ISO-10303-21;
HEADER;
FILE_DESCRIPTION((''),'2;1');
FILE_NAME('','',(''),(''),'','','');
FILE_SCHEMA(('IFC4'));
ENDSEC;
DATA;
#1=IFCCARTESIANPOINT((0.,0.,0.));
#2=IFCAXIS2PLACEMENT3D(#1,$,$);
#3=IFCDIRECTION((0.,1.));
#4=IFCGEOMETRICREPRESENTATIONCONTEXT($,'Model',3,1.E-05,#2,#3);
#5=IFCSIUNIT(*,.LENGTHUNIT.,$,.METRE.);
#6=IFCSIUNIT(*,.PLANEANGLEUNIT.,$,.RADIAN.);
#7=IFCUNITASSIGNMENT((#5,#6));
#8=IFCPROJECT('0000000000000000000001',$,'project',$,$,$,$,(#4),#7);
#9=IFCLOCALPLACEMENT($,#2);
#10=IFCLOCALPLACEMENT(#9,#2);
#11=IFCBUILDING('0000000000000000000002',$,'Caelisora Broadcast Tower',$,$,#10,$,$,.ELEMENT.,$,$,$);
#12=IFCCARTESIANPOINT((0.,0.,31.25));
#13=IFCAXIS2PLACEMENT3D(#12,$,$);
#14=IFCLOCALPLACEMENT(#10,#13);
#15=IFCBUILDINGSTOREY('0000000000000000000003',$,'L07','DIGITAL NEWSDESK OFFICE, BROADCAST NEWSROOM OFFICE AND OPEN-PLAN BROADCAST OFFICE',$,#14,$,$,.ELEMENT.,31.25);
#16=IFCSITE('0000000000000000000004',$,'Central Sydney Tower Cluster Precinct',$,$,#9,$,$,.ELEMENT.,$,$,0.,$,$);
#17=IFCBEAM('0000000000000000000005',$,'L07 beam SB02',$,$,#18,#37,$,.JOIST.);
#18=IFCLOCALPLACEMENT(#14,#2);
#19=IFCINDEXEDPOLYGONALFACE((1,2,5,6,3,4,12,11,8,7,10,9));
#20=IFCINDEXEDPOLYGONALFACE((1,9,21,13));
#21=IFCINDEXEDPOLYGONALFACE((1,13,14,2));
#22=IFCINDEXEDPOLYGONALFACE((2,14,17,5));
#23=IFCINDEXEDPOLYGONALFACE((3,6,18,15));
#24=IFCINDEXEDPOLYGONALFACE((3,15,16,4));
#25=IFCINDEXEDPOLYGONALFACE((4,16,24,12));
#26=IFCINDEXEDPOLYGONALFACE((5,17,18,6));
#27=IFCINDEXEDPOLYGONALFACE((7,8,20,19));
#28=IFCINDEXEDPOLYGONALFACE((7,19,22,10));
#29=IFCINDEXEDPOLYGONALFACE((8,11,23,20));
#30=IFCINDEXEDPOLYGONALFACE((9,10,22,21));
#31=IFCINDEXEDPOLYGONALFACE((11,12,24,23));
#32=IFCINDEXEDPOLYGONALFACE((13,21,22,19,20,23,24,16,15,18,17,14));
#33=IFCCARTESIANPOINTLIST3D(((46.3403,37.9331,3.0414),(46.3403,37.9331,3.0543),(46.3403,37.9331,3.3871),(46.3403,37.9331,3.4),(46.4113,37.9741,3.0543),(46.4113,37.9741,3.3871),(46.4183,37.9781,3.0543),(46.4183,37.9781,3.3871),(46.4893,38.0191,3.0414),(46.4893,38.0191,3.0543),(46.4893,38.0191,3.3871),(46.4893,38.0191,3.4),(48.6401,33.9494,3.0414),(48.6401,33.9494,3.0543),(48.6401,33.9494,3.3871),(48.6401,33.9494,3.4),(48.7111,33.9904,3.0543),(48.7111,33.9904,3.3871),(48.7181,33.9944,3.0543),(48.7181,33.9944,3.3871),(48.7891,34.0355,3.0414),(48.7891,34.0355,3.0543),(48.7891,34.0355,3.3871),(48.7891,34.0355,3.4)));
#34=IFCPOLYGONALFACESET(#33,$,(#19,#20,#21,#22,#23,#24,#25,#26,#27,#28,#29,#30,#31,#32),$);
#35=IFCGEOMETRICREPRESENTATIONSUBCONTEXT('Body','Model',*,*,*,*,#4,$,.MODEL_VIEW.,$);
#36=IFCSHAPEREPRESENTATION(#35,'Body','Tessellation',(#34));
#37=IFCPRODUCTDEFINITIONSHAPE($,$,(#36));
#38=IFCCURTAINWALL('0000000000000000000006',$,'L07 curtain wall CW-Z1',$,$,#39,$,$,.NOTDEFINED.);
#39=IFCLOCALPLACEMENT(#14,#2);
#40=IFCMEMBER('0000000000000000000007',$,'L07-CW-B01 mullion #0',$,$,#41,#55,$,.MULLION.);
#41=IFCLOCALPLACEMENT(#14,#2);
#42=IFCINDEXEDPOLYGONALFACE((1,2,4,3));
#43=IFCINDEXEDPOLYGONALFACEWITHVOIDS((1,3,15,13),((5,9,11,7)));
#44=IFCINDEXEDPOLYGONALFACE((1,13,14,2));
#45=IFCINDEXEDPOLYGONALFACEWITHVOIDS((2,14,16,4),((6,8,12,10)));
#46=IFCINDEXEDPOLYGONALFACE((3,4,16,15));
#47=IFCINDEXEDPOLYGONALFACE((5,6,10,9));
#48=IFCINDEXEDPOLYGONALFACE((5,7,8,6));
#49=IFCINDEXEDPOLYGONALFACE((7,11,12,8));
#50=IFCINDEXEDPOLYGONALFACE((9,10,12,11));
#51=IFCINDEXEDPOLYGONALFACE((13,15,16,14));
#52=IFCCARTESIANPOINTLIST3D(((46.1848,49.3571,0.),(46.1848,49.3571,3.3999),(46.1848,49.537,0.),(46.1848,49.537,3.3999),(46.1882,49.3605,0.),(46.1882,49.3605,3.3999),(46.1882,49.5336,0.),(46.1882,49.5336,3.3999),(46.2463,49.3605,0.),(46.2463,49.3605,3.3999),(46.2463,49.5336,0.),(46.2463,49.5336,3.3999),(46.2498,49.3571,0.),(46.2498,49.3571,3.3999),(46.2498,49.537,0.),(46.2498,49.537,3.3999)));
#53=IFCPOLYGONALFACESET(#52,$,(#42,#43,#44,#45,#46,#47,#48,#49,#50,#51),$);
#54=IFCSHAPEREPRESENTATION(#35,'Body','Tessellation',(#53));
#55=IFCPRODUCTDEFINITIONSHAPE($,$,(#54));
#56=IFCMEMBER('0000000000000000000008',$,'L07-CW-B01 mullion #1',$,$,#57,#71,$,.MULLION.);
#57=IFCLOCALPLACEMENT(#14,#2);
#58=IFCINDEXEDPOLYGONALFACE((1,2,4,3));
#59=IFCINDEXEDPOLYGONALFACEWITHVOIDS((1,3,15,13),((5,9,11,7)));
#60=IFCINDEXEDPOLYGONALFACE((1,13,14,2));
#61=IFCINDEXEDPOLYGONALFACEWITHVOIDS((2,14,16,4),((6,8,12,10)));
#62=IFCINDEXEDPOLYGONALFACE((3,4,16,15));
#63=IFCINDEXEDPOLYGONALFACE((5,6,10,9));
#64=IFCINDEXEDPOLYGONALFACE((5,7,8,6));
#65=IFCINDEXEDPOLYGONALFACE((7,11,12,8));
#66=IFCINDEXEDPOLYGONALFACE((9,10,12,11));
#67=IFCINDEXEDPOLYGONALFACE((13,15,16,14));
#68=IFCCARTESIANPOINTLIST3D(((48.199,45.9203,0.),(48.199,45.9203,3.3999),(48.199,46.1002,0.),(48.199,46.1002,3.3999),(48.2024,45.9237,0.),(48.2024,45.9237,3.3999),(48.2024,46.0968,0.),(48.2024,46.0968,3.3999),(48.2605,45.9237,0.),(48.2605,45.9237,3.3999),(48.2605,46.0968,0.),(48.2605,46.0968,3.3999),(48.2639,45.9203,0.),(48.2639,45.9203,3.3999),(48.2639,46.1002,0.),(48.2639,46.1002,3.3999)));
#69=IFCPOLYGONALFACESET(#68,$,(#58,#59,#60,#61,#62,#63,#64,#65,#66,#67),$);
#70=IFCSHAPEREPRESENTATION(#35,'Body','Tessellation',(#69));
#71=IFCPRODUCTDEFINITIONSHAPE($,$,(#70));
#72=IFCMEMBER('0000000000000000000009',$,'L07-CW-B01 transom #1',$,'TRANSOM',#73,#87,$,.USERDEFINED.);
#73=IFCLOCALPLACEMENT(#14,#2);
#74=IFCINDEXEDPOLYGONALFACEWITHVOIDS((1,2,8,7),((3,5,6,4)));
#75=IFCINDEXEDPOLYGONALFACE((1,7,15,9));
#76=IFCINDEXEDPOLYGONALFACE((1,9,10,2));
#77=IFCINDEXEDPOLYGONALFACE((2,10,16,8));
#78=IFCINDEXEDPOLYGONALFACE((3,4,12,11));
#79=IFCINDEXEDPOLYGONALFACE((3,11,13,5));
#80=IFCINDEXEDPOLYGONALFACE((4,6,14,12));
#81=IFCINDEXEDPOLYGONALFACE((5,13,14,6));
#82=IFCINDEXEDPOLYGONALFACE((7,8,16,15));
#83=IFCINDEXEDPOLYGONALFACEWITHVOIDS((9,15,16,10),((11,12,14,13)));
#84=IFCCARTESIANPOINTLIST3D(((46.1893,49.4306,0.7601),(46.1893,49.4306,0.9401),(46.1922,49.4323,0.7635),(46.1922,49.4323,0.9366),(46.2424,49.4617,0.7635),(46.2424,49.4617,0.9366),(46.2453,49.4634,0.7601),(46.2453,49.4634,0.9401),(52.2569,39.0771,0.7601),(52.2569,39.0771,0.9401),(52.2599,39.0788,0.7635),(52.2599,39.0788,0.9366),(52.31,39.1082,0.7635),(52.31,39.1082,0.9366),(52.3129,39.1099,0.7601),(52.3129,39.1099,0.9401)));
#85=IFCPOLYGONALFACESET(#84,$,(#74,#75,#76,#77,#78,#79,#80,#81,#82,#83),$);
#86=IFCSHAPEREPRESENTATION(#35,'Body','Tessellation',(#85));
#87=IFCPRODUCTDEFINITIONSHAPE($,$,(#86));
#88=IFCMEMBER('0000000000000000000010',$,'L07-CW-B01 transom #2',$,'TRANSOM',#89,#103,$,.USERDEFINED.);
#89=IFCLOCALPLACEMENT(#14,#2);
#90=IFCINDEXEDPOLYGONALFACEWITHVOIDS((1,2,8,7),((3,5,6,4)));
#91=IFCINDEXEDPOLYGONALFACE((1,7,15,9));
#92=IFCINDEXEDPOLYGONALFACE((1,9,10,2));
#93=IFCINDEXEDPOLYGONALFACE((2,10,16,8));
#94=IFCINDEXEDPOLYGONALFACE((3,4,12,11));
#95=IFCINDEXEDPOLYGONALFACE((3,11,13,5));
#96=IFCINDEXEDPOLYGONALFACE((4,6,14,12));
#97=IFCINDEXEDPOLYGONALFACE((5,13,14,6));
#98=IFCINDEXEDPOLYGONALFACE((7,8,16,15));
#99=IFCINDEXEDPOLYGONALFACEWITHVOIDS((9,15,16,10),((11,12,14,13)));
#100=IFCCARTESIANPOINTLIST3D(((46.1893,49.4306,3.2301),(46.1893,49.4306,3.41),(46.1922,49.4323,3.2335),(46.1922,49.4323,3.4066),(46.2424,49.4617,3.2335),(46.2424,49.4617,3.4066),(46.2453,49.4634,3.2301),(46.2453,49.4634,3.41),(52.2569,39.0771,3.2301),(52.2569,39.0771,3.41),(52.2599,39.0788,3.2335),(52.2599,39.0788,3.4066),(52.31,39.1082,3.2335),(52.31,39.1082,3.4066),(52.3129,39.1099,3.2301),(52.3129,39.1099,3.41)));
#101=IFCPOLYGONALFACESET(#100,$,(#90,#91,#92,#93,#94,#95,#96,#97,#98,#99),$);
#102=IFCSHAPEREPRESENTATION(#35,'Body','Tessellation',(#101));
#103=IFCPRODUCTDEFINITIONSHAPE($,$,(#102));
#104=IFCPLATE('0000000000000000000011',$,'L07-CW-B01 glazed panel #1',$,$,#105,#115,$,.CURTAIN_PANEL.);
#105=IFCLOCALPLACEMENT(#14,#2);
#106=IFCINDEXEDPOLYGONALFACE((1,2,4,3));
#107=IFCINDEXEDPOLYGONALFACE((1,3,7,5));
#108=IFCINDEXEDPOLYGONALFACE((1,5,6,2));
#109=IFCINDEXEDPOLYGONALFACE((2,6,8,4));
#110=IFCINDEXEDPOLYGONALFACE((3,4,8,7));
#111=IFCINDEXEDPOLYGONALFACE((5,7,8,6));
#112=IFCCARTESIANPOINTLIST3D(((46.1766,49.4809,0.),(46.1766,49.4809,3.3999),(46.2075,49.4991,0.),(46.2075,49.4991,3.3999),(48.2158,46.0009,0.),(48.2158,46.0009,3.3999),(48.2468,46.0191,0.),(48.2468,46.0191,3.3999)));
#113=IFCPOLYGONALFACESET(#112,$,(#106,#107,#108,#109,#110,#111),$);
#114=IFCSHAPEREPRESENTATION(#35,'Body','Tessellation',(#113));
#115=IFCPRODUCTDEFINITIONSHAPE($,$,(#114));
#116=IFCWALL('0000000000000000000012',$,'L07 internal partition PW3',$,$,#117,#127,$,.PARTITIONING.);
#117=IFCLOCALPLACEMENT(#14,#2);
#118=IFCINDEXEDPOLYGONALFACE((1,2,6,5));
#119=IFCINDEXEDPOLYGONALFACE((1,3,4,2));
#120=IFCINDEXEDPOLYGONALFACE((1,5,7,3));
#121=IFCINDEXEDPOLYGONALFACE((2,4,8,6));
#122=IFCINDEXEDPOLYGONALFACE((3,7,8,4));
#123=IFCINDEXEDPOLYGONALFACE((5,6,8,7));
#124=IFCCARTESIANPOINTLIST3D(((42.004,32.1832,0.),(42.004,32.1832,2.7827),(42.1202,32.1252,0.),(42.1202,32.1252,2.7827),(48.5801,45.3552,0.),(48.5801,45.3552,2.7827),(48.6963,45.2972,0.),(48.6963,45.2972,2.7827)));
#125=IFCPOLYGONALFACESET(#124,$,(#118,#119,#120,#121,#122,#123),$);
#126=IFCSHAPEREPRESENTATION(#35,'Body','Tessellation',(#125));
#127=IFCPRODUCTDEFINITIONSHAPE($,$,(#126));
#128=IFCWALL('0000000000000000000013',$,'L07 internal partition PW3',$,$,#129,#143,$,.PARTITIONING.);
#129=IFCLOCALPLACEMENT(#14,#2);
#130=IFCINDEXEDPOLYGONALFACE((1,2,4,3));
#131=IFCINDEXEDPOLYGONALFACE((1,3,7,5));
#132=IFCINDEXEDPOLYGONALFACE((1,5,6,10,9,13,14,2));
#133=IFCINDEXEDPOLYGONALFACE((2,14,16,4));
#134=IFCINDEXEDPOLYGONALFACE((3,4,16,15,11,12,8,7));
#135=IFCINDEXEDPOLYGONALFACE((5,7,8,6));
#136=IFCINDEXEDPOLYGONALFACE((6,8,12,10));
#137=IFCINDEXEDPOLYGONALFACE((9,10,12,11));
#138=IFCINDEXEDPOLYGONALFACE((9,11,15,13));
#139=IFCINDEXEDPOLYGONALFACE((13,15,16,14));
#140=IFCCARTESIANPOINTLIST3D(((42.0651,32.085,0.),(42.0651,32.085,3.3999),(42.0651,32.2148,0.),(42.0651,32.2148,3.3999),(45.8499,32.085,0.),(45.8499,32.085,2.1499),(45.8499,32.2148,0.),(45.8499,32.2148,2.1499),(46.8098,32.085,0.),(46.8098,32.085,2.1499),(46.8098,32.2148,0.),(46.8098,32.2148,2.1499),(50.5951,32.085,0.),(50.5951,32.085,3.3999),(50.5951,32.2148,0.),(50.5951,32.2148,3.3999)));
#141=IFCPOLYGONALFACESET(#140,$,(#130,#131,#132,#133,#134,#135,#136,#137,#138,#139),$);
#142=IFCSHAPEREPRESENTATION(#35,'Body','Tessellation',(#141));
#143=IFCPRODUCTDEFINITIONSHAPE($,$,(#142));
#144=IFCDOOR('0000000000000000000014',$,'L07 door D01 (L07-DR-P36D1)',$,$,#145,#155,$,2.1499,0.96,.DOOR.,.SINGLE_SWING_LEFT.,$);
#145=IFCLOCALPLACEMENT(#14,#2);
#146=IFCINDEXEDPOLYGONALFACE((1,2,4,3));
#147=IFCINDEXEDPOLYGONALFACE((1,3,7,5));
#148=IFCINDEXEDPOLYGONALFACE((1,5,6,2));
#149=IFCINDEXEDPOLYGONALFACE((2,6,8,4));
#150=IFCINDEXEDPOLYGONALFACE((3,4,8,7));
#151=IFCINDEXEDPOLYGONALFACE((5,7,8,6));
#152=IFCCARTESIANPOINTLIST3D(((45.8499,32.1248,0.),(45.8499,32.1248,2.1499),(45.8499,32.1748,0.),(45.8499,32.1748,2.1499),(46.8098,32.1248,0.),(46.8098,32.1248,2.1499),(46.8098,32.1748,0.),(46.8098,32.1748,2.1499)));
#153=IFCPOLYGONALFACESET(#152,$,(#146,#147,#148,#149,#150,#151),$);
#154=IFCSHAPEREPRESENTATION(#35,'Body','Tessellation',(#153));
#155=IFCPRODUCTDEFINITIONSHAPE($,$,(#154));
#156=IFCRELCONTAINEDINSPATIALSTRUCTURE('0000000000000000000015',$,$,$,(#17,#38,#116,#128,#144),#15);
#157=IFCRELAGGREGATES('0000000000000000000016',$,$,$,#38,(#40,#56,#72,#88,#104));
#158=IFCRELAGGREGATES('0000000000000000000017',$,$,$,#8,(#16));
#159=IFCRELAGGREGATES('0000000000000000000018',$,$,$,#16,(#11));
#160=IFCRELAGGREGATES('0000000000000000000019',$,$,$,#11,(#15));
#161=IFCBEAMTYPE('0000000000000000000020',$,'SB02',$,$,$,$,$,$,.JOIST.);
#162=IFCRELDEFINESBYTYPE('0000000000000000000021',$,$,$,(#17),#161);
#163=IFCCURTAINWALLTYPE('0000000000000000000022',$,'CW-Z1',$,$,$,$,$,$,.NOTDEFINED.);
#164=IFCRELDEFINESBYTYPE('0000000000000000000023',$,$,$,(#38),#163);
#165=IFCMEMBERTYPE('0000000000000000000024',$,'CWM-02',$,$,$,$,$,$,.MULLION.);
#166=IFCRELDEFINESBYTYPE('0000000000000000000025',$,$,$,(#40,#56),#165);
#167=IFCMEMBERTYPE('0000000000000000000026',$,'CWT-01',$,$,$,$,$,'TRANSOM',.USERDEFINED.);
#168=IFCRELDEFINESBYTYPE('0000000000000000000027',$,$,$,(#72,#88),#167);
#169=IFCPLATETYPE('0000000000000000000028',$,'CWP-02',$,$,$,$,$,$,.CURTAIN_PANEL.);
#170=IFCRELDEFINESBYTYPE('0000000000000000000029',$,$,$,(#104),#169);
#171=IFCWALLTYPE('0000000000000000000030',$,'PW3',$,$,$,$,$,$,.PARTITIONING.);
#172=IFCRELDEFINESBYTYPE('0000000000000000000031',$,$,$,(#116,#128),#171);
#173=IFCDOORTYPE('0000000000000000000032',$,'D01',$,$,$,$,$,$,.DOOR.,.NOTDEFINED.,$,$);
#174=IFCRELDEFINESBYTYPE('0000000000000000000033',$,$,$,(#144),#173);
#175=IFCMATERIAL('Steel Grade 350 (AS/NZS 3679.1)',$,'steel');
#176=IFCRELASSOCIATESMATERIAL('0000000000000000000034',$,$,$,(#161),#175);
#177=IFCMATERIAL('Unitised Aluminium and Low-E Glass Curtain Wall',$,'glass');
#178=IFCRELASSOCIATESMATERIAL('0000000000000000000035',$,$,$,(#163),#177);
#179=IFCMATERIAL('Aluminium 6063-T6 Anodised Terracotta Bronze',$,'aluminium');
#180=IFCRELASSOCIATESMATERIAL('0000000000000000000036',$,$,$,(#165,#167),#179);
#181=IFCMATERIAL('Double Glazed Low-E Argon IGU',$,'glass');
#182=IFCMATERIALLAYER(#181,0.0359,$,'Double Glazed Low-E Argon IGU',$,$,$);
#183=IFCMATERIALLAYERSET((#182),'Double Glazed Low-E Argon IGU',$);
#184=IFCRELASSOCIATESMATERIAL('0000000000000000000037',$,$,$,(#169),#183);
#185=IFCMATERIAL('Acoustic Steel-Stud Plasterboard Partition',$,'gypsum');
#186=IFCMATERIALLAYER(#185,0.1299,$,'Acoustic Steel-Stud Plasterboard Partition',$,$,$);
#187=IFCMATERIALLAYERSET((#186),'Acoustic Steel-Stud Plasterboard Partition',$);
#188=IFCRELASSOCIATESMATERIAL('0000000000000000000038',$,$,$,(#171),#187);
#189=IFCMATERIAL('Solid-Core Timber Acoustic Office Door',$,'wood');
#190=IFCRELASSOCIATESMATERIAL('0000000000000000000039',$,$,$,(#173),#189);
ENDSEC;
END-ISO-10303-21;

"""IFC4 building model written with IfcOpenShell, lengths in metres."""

from ifc_helpers import new_model, si_unit, direction, frame, frame_2d, origin, origin_2d, place, context, subcontext, project, spatial, rectangle, hollow_rectangle, i_section, extrude, source, transform, mapped, material, layer, layer_set, material_profile, profile_set, type_object, type_shapes, element, fill, aggregate, save


model = new_model("IFC4")

# Units and contexts
model_context = context("Model", 3, precision=1e-05, world=origin(), true_north=direction((0.0, 1.0)))
body_context = subcontext(model_context, "Body", "Model", "MODEL_VIEW")
ifc_project = project(units=[si_unit("LENGTHUNIT", "METRE"), si_unit("PLANEANGLEUNIT", "RADIAN")], contexts=[model_context])

# Site, building, storey
site_placement = place(None, origin())
site = spatial("IfcSite", under=ifc_project, at=site_placement, Name="Central Sydney Tower Cluster Precinct", CompositionType="ELEMENT", RefElevation=0.0)
building_placement = place(site_placement, origin())
building = spatial("IfcBuilding", under=site, at=building_placement, Name="Caelisora Broadcast Tower", CompositionType="ELEMENT")
storey_placement = place(building_placement, frame((0.0, 0.0, 31.25)))
storey = spatial("IfcBuildingStorey", under=building, at=storey_placement, Name="L07", Description="DIGITAL NEWSDESK OFFICE, BROADCAST NEWSROOM OFFICE AND OPEN-PLAN BROADCAST OFFICE", CompositionType="ELEMENT", Elevation=31.25)

# Beam
ifc_material_1 = material(Name="Steel Grade 350 (AS/NZS 3679.1)", Category="steel")
ifc_material_profile_1 = material_profile(ifc_material_1, i_section(OverallWidth=0.1721, OverallDepth=0.3586, WebThickness=0.0081, FlangeThickness=0.0129, at=origin_2d()), Name="Steel Grade 350 (AS/NZS 3679.1)")
ifc_profile_set_1 = profile_set([ifc_material_profile_1], Name="Steel Grade 350 (AS/NZS 3679.1)")
beam_type_1 = type_object("IfcBeamType", Name="SB02", PredefinedType="JOIST", material=ifc_profile_set_1)
shared_shape_1 = source(origin(), body_context, "Body", "SweptSolid", [
    extrude(i_section(OverallWidth=0.1721, OverallDepth=0.3586, WebThickness=0.0081, FlangeThickness=0.0129, at=origin_2d()), origin(), (0.0, 0.0, 1.0), 4.5999),
])
beam_1_placement = place(storey_placement, frame((48.7146, 33.9924, 3.2207), z_axis=(-0.499975, 0.86604, 0.0), x_axis=(-0.86604, -0.499975, 0.0)))
element("IfcBeam", 1, at=beam_1_placement, inside=storey, type_object=beam_type_1, Name="L07 beam SB02", PredefinedType="JOIST", context=body_context, shape_type="MappedRepresentation", body=[
    mapped(shared_shape_1, transform((0.0, 0.0, 0.0), scale=1.0)),
])

# Curtain wall, members, plate
ifc_material_2 = material(Name="Unitised Aluminium and Low-E Glass Curtain Wall", Category="glass")
curtain_wall_type = type_object("IfcCurtainWallType", Name="CW-Z1", PredefinedType="NOTDEFINED", material=ifc_material_2)
curtain_wall_placement = place(storey_placement, origin())
curtain_wall = element("IfcCurtainWall", 2, at=curtain_wall_placement, inside=storey, type_object=curtain_wall_type, Name="L07 curtain wall CW-Z1", PredefinedType="NOTDEFINED")
ifc_material_3 = material(Name="Aluminium 6063-T6 Anodised Terracotta Bronze", Category="aluminium")
ifc_material_profile_2 = material_profile(ifc_material_3, hollow_rectangle(XDim=0.0649, YDim=0.1799, WallThickness=0.0034, at=origin_2d()), Name="Aluminium 6063-T6 Anodised Terracotta Bronze")
ifc_profile_set_2 = profile_set([ifc_material_profile_2], Name="Aluminium 6063-T6 Anodised Terracotta Bronze")
member_type_1 = type_object("IfcMemberType", Name="CWM-02", PredefinedType="MULLION", material=ifc_profile_set_2)
shared_shape_2 = source(origin(), body_context, "Body", "SweptSolid", [
    extrude(hollow_rectangle(XDim=0.0649, YDim=0.1799, WallThickness=0.0034, at=origin_2d()), origin(), (0.0, 0.0, 1.0), 3.3999),
])
type_shapes(member_type_1, [shared_shape_2])
member_1_placement = place(storey_placement, frame((46.2173, 49.447, 0.0), z_axis=(0.0, 0.0, 1.0), x_axis=(1.0, 0.0, 0.0)))
member_1 = element("IfcMember", 3, at=member_1_placement, type_object=member_type_1, Name="L07-CW-B01 mullion #0", PredefinedType="MULLION", context=body_context, shape_type="MappedRepresentation", body=[
    mapped(shared_shape_2, transform((0.0, 0.0, 0.0), scale=1.0)),
])
member_2_placement = place(storey_placement, frame((48.2314, 46.0103, 0.0), z_axis=(0.0, 0.0, 1.0), x_axis=(1.0, 0.0, 0.0)))
member_2 = element("IfcMember", 4, at=member_2_placement, type_object=member_type_1, Name="L07-CW-B01 mullion #1", PredefinedType="MULLION", context=body_context, shape_type="MappedRepresentation", body=[
    mapped(shared_shape_2, transform((0.0, 0.0, 0.0), scale=1.0)),
])
ifc_material_profile_3 = material_profile(ifc_material_3, hollow_rectangle(XDim=0.0649, YDim=0.1799, WallThickness=0.0034, at=origin_2d()), Name="Aluminium 6063-T6 Anodised Terracotta Bronze")
ifc_profile_set_3 = profile_set([ifc_material_profile_3], Name="Aluminium 6063-T6 Anodised Terracotta Bronze")
member_type_2 = type_object("IfcMemberType", Name="CWT-01", ElementType="TRANSOM", PredefinedType="USERDEFINED", material=ifc_profile_set_3)
shared_shape_3 = source(origin(), body_context, "Body", "SweptSolid", [
    extrude(hollow_rectangle(XDim=0.0649, YDim=0.1799, WallThickness=0.0034, at=origin_2d()), origin(), (0.0, 0.0, 1.0), 12.0005),
])
type_shapes(member_type_2, [shared_shape_3])
member_3_placement = place(storey_placement, frame((46.2173, 49.447, 0.8501), z_axis=(0.505616, -0.862759, 0.0), x_axis=(0.862759, 0.505616, 0.0)))
member_3 = element("IfcMember", 5, at=member_3_placement, type_object=member_type_2, Name="L07-CW-B01 transom #1", ObjectType="TRANSOM", PredefinedType="USERDEFINED", context=body_context, shape_type="MappedRepresentation", body=[
    mapped(shared_shape_3, transform((0.0, 0.0, 0.0), scale=1.0)),
])
member_4_placement = place(storey_placement, frame((46.2173, 49.447, 3.3201), z_axis=(0.505616, -0.862759, 0.0), x_axis=(0.862759, 0.505616, 0.0)))
member_4 = element("IfcMember", 6, at=member_4_placement, type_object=member_type_2, Name="L07-CW-B01 transom #2", ObjectType="TRANSOM", PredefinedType="USERDEFINED", context=body_context, shape_type="MappedRepresentation", body=[
    mapped(shared_shape_3, transform((0.0, 0.0, 0.0), scale=1.0)),
])
ifc_material_4 = material(Name="Double Glazed Low-E Argon IGU", Category="glass")
ifc_layer_1 = layer(ifc_material_4, 0.0359, Name="Double Glazed Low-E Argon IGU")
ifc_layer_set_1 = layer_set([ifc_layer_1], Name="Double Glazed Low-E Argon IGU")
plate_type = type_object("IfcPlateType", Name="CWP-02", PredefinedType="CURTAIN_PANEL", material=ifc_layer_set_1)
shared_shape_4 = source(origin(), body_context, "Body", "SweptSolid", [
    extrude(rectangle(XDim=4.0334, YDim=0.0359, at=origin_2d()), origin(), (0.0, 0.0, 1.0), 3.3999),
])
type_shapes(plate_type, [shared_shape_4])
plate_placement = place(storey_placement, frame((47.2117, 47.75, 0.0), z_axis=(0.0, 0.0, 1.0), x_axis=(0.505582, -0.862779, 0.0)))
plate = element("IfcPlate", 7, at=plate_placement, type_object=plate_type, Name="L07-CW-B01 glazed panel #1", PredefinedType="CURTAIN_PANEL", context=body_context, shape_type="MappedRepresentation", body=[
    mapped(shared_shape_4, transform((0.0, 0.0, 0.0), scale=1.0)),
])
aggregate(curtain_wall, [member_1, member_2, member_3, member_4, plate])

# Wall
ifc_material_5 = material(Name="Acoustic Steel-Stud Plasterboard Partition", Category="gypsum")
ifc_layer_2 = layer(ifc_material_5, 0.1299, Name="Acoustic Steel-Stud Plasterboard Partition")
ifc_layer_set_2 = layer_set([ifc_layer_2], Name="Acoustic Steel-Stud Plasterboard Partition")
wall_type_1 = type_object("IfcWallType", Name="PW3", PredefinedType="PARTITIONING", material=ifc_layer_set_2)
wall_1_placement = place(storey_placement, frame((42.062, 32.1541, 0.0), z_axis=(0.0, 0.0, 1.0), x_axis=(0.446676, 0.894696, 0.0)))
element("IfcWall", 8, at=wall_1_placement, inside=storey, type_object=wall_type_1, Name="L07 internal partition PW3", PredefinedType="PARTITIONING", context=body_context, shape_type="SweptSolid", body=[
    extrude(rectangle(XDim=14.7224, YDim=0.1299, at=frame_2d((7.3613, 0.0))), origin(), (0.0, 0.0, 1.0), 2.7827),
])

# Wall, opening, door
wall_2_placement = place(storey_placement, frame((42.0649, 32.1499, 0.0), z_axis=(0.0, 0.0, 1.0), x_axis=(1.0, 0.0, 0.0)))
wall_2 = element("IfcWall", 9, at=wall_2_placement, inside=storey, type_object=wall_type_1, Name="L07 internal partition PW3", PredefinedType="PARTITIONING", context=body_context, shape_type="SweptSolid", body=[
    extrude(rectangle(XDim=8.53, YDim=0.1299, at=frame_2d((4.2651, 0.0))), origin(), (0.0, 0.0, 1.0), 3.3999),
])
opening_1_placement = place(wall_2_placement, frame((3.7849, 0.0, 0.0)))
opening_1 = element("IfcOpeningElement", 10, at=opening_1_placement, cuts=wall_2, PredefinedType="OPENING", context=body_context, shape_type="SweptSolid", body=[
    extrude(rectangle(XDim=0.96, YDim=2.1499, at=frame_2d((0.48, 1.075))), frame((0.0, 0.0769, 0.0), z_axis=(0.0, -1.0, 0.0), x_axis=(1.0, 0.0, 0.0)), (0.0, 0.0, 1.0), 0.1538),
])
ifc_material_6 = material(Name="Solid-Core Timber Acoustic Office Door", Category="wood")
door_type = type_object("IfcDoorType", Name="D01", OperationType="NOTDEFINED", PredefinedType="DOOR", material=ifc_material_6)
door_1_placement = place(opening_1_placement, origin())
door_1 = element("IfcDoor", 11, at=door_1_placement, inside=storey, type_object=door_type, Name="L07 door D01 (L07-DR-P36D1)", OperationType="SINGLE_SWING_LEFT", OverallHeight=2.1499, OverallWidth=0.96, PredefinedType="DOOR", context=body_context, shape_type="SweptSolid", body=[
    extrude(rectangle(XDim=0.96, YDim=2.1499, at=frame_2d((0.48, 1.075))), frame((0.0, 0.0249, 0.0), z_axis=(0.0, -1.0, 0.0), x_axis=(1.0, 0.0, 0.0)), (0.0, 0.0, 1.0), 0.05),
])
fill(opening_1, door_1)

save(model, "model.ifc")
